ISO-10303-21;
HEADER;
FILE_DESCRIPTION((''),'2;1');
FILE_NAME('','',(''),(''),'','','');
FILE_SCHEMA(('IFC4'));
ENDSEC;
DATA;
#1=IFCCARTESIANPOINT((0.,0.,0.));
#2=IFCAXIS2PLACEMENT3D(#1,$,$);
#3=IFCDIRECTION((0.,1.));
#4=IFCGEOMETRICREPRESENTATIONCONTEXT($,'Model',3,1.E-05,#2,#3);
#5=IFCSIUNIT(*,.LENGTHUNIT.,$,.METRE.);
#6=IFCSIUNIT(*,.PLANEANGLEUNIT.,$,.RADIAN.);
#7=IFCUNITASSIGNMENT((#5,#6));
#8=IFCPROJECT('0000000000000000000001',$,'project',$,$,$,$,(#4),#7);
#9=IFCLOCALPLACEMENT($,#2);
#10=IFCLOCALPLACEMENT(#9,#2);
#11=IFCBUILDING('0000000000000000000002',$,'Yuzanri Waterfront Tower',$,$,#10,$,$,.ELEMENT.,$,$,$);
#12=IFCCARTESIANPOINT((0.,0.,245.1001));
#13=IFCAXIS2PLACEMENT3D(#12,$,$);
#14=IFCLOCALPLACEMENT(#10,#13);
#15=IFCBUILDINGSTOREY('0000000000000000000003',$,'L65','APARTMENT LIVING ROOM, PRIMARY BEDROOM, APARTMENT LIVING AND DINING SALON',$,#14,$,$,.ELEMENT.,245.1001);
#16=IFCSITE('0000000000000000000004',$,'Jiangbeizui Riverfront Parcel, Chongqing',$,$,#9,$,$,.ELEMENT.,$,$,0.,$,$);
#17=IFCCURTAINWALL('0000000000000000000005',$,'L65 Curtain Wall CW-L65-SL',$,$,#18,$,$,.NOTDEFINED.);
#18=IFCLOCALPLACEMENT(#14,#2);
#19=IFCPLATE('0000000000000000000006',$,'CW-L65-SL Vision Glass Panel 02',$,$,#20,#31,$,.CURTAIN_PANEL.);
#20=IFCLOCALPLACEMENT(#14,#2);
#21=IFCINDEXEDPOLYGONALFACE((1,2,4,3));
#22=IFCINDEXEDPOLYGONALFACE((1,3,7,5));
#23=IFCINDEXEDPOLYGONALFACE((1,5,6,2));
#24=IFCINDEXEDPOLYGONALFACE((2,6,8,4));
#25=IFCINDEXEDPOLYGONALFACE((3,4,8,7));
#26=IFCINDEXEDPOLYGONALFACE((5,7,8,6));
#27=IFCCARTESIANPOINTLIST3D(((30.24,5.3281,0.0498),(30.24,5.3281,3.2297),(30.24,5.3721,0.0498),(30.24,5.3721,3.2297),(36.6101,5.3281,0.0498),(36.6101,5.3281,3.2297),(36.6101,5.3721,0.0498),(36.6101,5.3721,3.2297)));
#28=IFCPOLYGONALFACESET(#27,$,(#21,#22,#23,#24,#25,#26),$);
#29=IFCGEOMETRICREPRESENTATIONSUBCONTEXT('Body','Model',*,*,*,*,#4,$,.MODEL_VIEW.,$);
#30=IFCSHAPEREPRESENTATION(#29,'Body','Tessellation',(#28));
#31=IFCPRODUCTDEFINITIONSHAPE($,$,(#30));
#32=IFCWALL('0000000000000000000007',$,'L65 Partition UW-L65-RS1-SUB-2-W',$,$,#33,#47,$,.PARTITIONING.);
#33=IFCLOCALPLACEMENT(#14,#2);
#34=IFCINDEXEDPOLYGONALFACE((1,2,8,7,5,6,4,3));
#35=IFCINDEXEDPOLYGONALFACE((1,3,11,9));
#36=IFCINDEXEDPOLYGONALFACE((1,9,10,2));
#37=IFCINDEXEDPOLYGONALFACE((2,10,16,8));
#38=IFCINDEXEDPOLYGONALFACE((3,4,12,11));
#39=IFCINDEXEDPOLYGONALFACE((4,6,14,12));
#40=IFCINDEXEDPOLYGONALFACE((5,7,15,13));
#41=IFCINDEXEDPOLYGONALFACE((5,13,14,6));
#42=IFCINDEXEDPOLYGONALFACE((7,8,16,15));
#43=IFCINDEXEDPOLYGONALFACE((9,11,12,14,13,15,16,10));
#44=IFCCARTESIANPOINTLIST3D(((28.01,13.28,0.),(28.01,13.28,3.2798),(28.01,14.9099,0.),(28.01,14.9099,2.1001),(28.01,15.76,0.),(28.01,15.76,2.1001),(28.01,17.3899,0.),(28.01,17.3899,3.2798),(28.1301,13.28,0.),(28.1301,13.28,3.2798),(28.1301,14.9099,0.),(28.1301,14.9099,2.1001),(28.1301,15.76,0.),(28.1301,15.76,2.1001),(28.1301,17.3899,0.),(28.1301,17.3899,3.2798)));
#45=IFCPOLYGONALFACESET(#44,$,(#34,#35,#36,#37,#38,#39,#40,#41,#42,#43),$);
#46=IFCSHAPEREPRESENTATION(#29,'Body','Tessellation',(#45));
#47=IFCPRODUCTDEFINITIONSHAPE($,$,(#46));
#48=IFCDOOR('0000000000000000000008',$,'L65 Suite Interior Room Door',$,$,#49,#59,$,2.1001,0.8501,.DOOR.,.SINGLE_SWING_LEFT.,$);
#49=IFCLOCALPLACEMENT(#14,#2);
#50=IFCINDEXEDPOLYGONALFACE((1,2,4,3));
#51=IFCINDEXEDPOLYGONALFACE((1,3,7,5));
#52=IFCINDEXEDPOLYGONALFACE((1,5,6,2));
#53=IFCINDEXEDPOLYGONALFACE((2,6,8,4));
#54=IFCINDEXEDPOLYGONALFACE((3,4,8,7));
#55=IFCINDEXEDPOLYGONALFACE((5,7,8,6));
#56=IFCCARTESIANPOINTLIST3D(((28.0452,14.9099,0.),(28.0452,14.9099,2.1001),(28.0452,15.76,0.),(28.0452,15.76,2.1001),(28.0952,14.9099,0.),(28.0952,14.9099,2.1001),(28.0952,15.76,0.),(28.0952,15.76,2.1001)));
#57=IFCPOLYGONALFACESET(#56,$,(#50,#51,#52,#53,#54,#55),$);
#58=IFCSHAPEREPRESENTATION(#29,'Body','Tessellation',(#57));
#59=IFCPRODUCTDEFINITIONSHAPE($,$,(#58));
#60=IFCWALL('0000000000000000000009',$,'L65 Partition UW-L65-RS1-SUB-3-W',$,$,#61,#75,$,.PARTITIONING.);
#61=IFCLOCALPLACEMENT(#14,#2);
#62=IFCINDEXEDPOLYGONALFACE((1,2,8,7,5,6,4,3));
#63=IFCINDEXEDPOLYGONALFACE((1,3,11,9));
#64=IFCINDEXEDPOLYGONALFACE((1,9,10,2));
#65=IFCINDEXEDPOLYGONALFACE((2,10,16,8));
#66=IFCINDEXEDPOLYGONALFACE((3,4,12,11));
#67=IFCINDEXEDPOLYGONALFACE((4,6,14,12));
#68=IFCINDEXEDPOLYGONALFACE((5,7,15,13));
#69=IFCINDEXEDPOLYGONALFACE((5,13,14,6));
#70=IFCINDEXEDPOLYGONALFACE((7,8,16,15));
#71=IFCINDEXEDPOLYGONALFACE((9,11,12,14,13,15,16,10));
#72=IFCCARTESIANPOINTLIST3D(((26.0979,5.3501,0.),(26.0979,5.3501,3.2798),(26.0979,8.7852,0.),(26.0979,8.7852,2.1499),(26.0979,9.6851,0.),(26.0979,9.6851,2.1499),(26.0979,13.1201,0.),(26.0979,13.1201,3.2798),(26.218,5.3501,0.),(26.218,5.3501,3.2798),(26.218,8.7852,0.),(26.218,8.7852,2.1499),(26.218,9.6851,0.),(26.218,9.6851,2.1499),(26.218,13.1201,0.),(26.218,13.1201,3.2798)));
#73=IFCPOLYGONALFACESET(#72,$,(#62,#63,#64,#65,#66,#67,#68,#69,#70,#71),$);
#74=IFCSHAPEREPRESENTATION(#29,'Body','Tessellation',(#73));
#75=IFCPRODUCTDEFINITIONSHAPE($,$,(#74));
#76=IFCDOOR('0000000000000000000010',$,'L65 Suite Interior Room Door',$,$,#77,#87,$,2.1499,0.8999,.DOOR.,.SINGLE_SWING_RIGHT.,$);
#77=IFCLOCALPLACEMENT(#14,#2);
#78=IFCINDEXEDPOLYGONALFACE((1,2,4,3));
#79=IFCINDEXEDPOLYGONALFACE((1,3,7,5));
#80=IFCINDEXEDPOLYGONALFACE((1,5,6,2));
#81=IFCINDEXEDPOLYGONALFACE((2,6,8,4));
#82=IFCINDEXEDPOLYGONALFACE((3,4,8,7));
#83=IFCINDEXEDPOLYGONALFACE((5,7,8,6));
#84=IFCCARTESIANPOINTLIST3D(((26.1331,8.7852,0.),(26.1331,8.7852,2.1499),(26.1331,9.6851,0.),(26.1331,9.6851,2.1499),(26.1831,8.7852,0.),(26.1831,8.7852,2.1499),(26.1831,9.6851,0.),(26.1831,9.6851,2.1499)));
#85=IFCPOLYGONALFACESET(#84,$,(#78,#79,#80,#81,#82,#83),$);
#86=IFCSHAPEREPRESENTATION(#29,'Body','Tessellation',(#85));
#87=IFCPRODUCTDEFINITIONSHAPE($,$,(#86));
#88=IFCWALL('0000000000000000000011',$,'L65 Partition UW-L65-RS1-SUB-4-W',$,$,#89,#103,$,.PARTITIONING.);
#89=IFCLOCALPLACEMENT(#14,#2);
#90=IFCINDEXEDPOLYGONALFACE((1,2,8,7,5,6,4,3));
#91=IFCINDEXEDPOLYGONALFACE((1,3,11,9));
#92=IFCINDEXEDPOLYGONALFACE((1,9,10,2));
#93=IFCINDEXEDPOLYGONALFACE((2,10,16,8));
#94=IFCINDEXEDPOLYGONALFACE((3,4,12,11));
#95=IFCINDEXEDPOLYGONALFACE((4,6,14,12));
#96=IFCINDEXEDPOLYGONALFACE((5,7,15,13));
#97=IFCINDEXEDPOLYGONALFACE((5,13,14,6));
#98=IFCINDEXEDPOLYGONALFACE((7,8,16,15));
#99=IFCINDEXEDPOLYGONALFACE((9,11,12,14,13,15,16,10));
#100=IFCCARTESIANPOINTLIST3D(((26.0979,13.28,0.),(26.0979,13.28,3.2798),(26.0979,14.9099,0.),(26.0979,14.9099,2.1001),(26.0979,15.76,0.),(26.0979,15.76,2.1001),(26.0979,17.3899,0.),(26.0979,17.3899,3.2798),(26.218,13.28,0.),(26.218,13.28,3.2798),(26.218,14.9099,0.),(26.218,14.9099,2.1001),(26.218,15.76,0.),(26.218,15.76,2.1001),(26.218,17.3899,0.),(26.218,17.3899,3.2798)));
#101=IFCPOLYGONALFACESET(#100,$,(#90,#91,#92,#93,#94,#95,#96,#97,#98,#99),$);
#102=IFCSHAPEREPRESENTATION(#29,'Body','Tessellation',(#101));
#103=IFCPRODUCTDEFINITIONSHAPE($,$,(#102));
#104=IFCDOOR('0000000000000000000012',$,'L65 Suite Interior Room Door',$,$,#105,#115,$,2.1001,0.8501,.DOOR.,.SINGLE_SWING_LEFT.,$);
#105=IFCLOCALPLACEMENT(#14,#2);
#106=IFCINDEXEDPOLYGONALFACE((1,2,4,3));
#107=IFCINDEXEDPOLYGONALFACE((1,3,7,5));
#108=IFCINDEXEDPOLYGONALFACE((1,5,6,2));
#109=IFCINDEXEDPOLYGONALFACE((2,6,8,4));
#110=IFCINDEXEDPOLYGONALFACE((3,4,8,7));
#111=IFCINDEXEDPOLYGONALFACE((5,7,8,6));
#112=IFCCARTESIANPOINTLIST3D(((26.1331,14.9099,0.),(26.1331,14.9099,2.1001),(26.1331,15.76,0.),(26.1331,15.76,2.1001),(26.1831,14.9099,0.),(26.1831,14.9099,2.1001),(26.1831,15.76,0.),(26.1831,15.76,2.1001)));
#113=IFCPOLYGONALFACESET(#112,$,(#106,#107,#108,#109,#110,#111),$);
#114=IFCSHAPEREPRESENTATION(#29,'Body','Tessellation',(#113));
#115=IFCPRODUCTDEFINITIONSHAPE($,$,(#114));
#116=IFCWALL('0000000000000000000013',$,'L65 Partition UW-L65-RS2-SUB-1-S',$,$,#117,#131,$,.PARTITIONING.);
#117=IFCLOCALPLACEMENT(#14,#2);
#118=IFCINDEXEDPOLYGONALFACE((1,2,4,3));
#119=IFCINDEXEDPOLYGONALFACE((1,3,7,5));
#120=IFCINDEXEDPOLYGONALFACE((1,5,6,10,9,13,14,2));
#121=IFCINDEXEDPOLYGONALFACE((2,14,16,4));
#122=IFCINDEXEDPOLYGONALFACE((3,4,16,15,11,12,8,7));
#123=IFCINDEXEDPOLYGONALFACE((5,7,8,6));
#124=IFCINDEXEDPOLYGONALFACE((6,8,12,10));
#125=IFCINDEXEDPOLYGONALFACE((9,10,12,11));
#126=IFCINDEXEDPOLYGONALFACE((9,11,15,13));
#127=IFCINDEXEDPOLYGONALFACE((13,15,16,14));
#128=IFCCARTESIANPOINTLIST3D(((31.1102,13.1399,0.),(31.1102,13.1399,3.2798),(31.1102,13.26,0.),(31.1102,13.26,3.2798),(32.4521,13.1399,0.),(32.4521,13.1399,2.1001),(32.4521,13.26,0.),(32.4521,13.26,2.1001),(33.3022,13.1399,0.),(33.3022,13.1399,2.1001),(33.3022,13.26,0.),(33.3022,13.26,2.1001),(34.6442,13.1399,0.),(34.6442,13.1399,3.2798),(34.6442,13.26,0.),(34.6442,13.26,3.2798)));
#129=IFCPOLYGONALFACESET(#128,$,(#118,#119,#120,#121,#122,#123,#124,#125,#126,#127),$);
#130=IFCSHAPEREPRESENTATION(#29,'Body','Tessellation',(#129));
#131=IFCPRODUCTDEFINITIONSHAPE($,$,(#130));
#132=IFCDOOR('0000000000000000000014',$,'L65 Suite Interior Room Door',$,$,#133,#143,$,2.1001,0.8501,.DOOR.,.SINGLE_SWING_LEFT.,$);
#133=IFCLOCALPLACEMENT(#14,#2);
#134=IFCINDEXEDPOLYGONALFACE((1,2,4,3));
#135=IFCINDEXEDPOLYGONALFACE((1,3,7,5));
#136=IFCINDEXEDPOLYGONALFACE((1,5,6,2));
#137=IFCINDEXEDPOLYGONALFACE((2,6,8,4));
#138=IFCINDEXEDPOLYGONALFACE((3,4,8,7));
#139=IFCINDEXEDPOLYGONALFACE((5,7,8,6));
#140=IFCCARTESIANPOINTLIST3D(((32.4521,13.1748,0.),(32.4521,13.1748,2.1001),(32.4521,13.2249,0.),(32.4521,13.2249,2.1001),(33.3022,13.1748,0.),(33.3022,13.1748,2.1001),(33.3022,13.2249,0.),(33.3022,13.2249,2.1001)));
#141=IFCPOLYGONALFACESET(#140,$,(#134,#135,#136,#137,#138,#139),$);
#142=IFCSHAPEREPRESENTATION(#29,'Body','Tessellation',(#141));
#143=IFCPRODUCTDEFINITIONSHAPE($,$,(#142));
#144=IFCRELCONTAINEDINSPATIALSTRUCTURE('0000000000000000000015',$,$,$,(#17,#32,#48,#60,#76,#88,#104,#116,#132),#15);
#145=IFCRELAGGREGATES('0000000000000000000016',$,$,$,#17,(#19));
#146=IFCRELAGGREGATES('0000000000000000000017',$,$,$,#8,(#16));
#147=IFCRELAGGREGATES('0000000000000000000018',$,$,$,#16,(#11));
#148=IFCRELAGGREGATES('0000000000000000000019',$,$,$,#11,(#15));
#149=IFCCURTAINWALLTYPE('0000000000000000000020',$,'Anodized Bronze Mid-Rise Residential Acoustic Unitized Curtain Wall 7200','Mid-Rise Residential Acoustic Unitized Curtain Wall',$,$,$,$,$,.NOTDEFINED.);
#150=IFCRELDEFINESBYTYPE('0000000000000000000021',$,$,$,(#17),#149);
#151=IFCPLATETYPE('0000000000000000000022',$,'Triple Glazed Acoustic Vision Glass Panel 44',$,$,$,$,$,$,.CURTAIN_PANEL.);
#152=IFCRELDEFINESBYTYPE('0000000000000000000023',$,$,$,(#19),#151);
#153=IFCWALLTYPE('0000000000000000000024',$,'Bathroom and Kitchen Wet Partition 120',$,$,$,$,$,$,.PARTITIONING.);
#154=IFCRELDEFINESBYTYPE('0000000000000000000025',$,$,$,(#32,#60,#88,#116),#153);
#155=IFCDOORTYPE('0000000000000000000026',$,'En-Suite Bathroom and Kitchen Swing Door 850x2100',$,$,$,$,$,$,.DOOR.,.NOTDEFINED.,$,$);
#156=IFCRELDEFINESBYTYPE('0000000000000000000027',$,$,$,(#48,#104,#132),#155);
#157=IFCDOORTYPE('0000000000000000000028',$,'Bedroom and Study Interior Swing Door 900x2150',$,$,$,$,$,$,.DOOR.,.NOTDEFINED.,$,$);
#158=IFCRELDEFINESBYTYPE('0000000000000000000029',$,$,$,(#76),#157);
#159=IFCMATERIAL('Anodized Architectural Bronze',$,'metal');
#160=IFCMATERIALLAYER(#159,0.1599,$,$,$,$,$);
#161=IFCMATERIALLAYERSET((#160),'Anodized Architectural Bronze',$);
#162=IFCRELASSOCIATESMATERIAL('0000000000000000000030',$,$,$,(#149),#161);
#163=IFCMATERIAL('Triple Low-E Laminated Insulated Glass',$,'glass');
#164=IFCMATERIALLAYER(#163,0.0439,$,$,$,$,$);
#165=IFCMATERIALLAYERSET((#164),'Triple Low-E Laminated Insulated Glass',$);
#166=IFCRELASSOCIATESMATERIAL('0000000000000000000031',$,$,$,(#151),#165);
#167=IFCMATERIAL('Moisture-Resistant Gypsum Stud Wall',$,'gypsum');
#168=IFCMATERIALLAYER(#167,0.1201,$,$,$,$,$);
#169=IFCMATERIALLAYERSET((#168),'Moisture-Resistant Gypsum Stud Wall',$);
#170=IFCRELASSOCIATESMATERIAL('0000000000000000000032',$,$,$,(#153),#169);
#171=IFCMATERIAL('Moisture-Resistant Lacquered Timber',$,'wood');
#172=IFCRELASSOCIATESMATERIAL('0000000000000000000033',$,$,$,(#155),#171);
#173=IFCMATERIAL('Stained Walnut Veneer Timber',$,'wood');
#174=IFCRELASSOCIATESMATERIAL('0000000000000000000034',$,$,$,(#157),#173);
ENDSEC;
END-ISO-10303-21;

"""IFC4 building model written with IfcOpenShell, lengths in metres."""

from ifc_helpers import new_model, si_unit, direction, frame, frame_2d, origin, origin_2d, place, context, subcontext, project, spatial, rectangle, extrude, source, transform, mapped, material, layer, layer_set, type_object, element, fill, aggregate, save


model = new_model("IFC4")

# Units and contexts
model_context = context("Model", 3, precision=1e-05, world=origin(), true_north=direction((0.0, 1.0)))
body_context = subcontext(model_context, "Body", "Model", "MODEL_VIEW")
ifc_project = project(units=[si_unit("LENGTHUNIT", "METRE"), si_unit("PLANEANGLEUNIT", "RADIAN")], contexts=[model_context])

# Site, building, storey
site_placement = place(None, origin())
site = spatial("IfcSite", under=ifc_project, at=site_placement, Name="Jiangbeizui Riverfront Parcel, Chongqing", CompositionType="ELEMENT", RefElevation=0.0)
building_placement = place(site_placement, origin())
building = spatial("IfcBuilding", under=site, at=building_placement, Name="Yuzanri Waterfront Tower", CompositionType="ELEMENT")
storey_placement = place(building_placement, frame((0.0, 0.0, 245.1001)))
storey = spatial("IfcBuildingStorey", under=building, at=storey_placement, Name="L65", Description="APARTMENT LIVING ROOM, PRIMARY BEDROOM, APARTMENT LIVING AND DINING SALON", CompositionType="ELEMENT", Elevation=245.1001)

# Curtain wall, plate
ifc_material_1 = material(Name="Anodized Architectural Bronze", Category="metal")
ifc_layer_1 = layer(ifc_material_1, 0.1599)
ifc_layer_set_1 = layer_set([ifc_layer_1], Name="Anodized Architectural Bronze")
curtain_wall_type = type_object("IfcCurtainWallType", Name="Anodized Bronze Mid-Rise Residential Acoustic Unitized Curtain Wall 7200", Description="Mid-Rise Residential Acoustic Unitized Curtain Wall", PredefinedType="NOTDEFINED", material=ifc_layer_set_1)
curtain_wall_placement = place(storey_placement, origin())
curtain_wall = element("IfcCurtainWall", 1, at=curtain_wall_placement, inside=storey, type_object=curtain_wall_type, Name="L65 Curtain Wall CW-L65-SL", PredefinedType="NOTDEFINED")
ifc_material_2 = material(Name="Triple Low-E Laminated Insulated Glass", Category="glass")
ifc_layer_2 = layer(ifc_material_2, 0.0439)
ifc_layer_set_2 = layer_set([ifc_layer_2], Name="Triple Low-E Laminated Insulated Glass")
plate_type = type_object("IfcPlateType", Name="Triple Glazed Acoustic Vision Glass Panel 44", PredefinedType="CURTAIN_PANEL", material=ifc_layer_set_2)
shared_shape_1 = source(origin(), body_context, "Body", "SweptSolid", [
    extrude(rectangle(XDim=6.3701, YDim=0.0439, at=origin_2d()), origin(), (0.0, 0.0, 1.0), 3.1799),
])
plate_1_placement = place(storey_placement, frame((33.425, 5.3501, 0.0498), z_axis=(0.0, 0.0, 1.0), x_axis=(1.0, 0.0, 0.0)))
plate_1 = element("IfcPlate", 2, at=plate_1_placement, type_object=plate_type, Name="CW-L65-SL Vision Glass Panel 02", PredefinedType="CURTAIN_PANEL", context=body_context, shape_type="MappedRepresentation", body=[
    mapped(shared_shape_1, transform((0.0, 0.0, 0.0), scale=1.0)),
])
aggregate(curtain_wall, [plate_1])

# Walls, openings, doors
ifc_material_3 = material(Name="Moisture-Resistant Gypsum Stud Wall", Category="gypsum")
ifc_layer_3 = layer(ifc_material_3, 0.1201)
ifc_layer_set_3 = layer_set([ifc_layer_3], Name="Moisture-Resistant Gypsum Stud Wall")
wall_type_1 = type_object("IfcWallType", Name="Bathroom and Kitchen Wet Partition 120", PredefinedType="PARTITIONING", material=ifc_layer_set_3)
wall_1_placement = place(storey_placement, frame((28.0701, 13.28, 0.0), z_axis=(0.0, 0.0, 1.0), x_axis=(0.0, 1.0, 0.0)))
wall_1 = element("IfcWall", 3, at=wall_1_placement, inside=storey, type_object=wall_type_1, Name="L65 Partition UW-L65-RS1-SUB-2-W", PredefinedType="PARTITIONING", context=body_context, shape_type="SweptSolid", body=[
    extrude(rectangle(XDim=4.1099, YDim=0.1201, at=frame_2d((2.0549, 0.0))), origin(), (0.0, 0.0, 1.0), 3.2798),
])
opening_1_placement = place(wall_1_placement, frame((1.6299, 0.0, 0.0)))
opening_1 = element("IfcOpeningElement", 4, at=opening_1_placement, cuts=wall_1, PredefinedType="OPENING", context=body_context, shape_type="SweptSolid", body=[
    extrude(rectangle(XDim=0.8501, YDim=2.1001, at=frame_2d((0.425, 1.05))), frame((0.0, 0.075, 0.0), z_axis=(0.0, -1.0, 0.0), x_axis=(1.0, 0.0, 0.0)), (0.0, 0.0, 1.0), 0.1499),
])
ifc_material_4 = material(Name="Moisture-Resistant Lacquered Timber", Category="wood")
door_type_1 = type_object("IfcDoorType", Name="En-Suite Bathroom and Kitchen Swing Door 850x2100", OperationType="NOTDEFINED", PredefinedType="DOOR", material=ifc_material_4)
shared_shape_2 = source(origin(), body_context, "Body", "SweptSolid", [
    extrude(rectangle(XDim=0.8501, YDim=2.1001, at=frame_2d((0.425, 1.05))), frame((0.0, 0.0249, 0.0), z_axis=(0.0, -1.0, 0.0), x_axis=(1.0, 0.0, 0.0)), (0.0, 0.0, 1.0), 0.05),
])
door_1_placement = place(opening_1_placement, origin())
door_1 = element("IfcDoor", 5, at=door_1_placement, inside=storey, type_object=door_type_1, Name="L65 Suite Interior Room Door", OperationType="SINGLE_SWING_LEFT", OverallHeight=2.1001, OverallWidth=0.8501, PredefinedType="DOOR", context=body_context, shape_type="MappedRepresentation", body=[
    mapped(shared_shape_2, transform((0.0, 0.0, 0.0), scale=1.0)),
])
fill(opening_1, door_1)
wall_2_placement = place(storey_placement, frame((26.158, 5.3501, 0.0), z_axis=(0.0, 0.0, 1.0), x_axis=(0.0, 1.0, 0.0)))
wall_2 = element("IfcWall", 6, at=wall_2_placement, inside=storey, type_object=wall_type_1, Name="L65 Partition UW-L65-RS1-SUB-3-W", PredefinedType="PARTITIONING", context=body_context, shape_type="SweptSolid", body=[
    extrude(rectangle(XDim=7.77, YDim=0.1201, at=frame_2d((3.885, 0.0))), origin(), (0.0, 0.0, 1.0), 3.2798),
])
opening_2_placement = place(wall_2_placement, frame((3.4351, 0.0, 0.0)))
opening_2 = element("IfcOpeningElement", 7, at=opening_2_placement, cuts=wall_2, PredefinedType="OPENING", context=body_context, shape_type="SweptSolid", body=[
    extrude(rectangle(XDim=0.8999, YDim=2.1499, at=frame_2d((0.45, 1.075))), frame((0.0, 0.075, 0.0), z_axis=(0.0, -1.0, 0.0), x_axis=(1.0, 0.0, 0.0)), (0.0, 0.0, 1.0), 0.1499),
])
ifc_material_5 = material(Name="Stained Walnut Veneer Timber", Category="wood")
door_type_2 = type_object("IfcDoorType", Name="Bedroom and Study Interior Swing Door 900x2150", OperationType="NOTDEFINED", PredefinedType="DOOR", material=ifc_material_5)
shared_shape_3 = source(origin(), body_context, "Body", "SweptSolid", [
    extrude(rectangle(XDim=0.8999, YDim=2.1499, at=frame_2d((0.45, 1.075))), frame((0.0, 0.0249, 0.0), z_axis=(0.0, -1.0, 0.0), x_axis=(1.0, 0.0, 0.0)), (0.0, 0.0, 1.0), 0.05),
])
door_2_placement = place(opening_2_placement, origin())
door_2 = element("IfcDoor", 8, at=door_2_placement, inside=storey, type_object=door_type_2, Name="L65 Suite Interior Room Door", OperationType="SINGLE_SWING_RIGHT", OverallHeight=2.1499, OverallWidth=0.8999, PredefinedType="DOOR", context=body_context, shape_type="MappedRepresentation", body=[
    mapped(shared_shape_3, transform((0.0, 0.0, 0.0), scale=1.0)),
])
fill(opening_2, door_2)
wall_3_placement = place(storey_placement, frame((26.158, 13.28, 0.0), z_axis=(0.0, 0.0, 1.0), x_axis=(0.0, 1.0, 0.0)))
wall_3 = element("IfcWall", 9, at=wall_3_placement, inside=storey, type_object=wall_type_1, Name="L65 Partition UW-L65-RS1-SUB-4-W", PredefinedType="PARTITIONING", context=body_context, shape_type="SweptSolid", body=[
    extrude(rectangle(XDim=4.1099, YDim=0.1201, at=frame_2d((2.0549, 0.0))), origin(), (0.0, 0.0, 1.0), 3.2798),
])
opening_3_placement = place(wall_3_placement, frame((1.6299, 0.0, 0.0)))
opening_3 = element("IfcOpeningElement", 10, at=opening_3_placement, cuts=wall_3, PredefinedType="OPENING", context=body_context, shape_type="SweptSolid", body=[
    extrude(rectangle(XDim=0.8501, YDim=2.1001, at=frame_2d((0.425, 1.05))), frame((0.0, 0.075, 0.0), z_axis=(0.0, -1.0, 0.0), x_axis=(1.0, 0.0, 0.0)), (0.0, 0.0, 1.0), 0.1499),
])
door_3_placement = place(opening_3_placement, origin())
door_3 = element("IfcDoor", 11, at=door_3_placement, inside=storey, type_object=door_type_1, Name="L65 Suite Interior Room Door", OperationType="SINGLE_SWING_LEFT", OverallHeight=2.1001, OverallWidth=0.8501, PredefinedType="DOOR", context=body_context, shape_type="MappedRepresentation", body=[
    mapped(shared_shape_2, transform((0.0, 0.0, 0.0), scale=1.0)),
])
fill(opening_3, door_3)
wall_4_placement = place(storey_placement, frame((31.1101, 13.2, 0.0), z_axis=(0.0, 0.0, 1.0), x_axis=(1.0, 0.0, 0.0)))
wall_4 = element("IfcWall", 12, at=wall_4_placement, inside=storey, type_object=wall_type_1, Name="L65 Partition UW-L65-RS2-SUB-1-S", PredefinedType="PARTITIONING", context=body_context, shape_type="SweptSolid", body=[
    extrude(rectangle(XDim=3.5339, YDim=0.1201, at=frame_2d((1.7671, 0.0))), origin(), (0.0, 0.0, 1.0), 3.2798),
])
opening_4_placement = place(wall_4_placement, frame((1.342, 0.0, 0.0)))
opening_4 = element("IfcOpeningElement", 13, at=opening_4_placement, cuts=wall_4, PredefinedType="OPENING", context=body_context, shape_type="SweptSolid", body=[
    extrude(rectangle(XDim=0.8501, YDim=2.1001, at=frame_2d((0.425, 1.05))), frame((0.0, 0.075, 0.0), z_axis=(0.0, -1.0, 0.0), x_axis=(1.0, 0.0, 0.0)), (0.0, 0.0, 1.0), 0.1499),
])
door_4_placement = place(opening_4_placement, origin())
door_4 = element("IfcDoor", 14, at=door_4_placement, inside=storey, type_object=door_type_1, Name="L65 Suite Interior Room Door", OperationType="SINGLE_SWING_LEFT", OverallHeight=2.1001, OverallWidth=0.8501, PredefinedType="DOOR", context=body_context, shape_type="MappedRepresentation", body=[
    mapped(shared_shape_2, transform((0.0, 0.0, 0.0), scale=1.0)),
])
fill(opening_4, door_4)

save(model, "model.ifc")
